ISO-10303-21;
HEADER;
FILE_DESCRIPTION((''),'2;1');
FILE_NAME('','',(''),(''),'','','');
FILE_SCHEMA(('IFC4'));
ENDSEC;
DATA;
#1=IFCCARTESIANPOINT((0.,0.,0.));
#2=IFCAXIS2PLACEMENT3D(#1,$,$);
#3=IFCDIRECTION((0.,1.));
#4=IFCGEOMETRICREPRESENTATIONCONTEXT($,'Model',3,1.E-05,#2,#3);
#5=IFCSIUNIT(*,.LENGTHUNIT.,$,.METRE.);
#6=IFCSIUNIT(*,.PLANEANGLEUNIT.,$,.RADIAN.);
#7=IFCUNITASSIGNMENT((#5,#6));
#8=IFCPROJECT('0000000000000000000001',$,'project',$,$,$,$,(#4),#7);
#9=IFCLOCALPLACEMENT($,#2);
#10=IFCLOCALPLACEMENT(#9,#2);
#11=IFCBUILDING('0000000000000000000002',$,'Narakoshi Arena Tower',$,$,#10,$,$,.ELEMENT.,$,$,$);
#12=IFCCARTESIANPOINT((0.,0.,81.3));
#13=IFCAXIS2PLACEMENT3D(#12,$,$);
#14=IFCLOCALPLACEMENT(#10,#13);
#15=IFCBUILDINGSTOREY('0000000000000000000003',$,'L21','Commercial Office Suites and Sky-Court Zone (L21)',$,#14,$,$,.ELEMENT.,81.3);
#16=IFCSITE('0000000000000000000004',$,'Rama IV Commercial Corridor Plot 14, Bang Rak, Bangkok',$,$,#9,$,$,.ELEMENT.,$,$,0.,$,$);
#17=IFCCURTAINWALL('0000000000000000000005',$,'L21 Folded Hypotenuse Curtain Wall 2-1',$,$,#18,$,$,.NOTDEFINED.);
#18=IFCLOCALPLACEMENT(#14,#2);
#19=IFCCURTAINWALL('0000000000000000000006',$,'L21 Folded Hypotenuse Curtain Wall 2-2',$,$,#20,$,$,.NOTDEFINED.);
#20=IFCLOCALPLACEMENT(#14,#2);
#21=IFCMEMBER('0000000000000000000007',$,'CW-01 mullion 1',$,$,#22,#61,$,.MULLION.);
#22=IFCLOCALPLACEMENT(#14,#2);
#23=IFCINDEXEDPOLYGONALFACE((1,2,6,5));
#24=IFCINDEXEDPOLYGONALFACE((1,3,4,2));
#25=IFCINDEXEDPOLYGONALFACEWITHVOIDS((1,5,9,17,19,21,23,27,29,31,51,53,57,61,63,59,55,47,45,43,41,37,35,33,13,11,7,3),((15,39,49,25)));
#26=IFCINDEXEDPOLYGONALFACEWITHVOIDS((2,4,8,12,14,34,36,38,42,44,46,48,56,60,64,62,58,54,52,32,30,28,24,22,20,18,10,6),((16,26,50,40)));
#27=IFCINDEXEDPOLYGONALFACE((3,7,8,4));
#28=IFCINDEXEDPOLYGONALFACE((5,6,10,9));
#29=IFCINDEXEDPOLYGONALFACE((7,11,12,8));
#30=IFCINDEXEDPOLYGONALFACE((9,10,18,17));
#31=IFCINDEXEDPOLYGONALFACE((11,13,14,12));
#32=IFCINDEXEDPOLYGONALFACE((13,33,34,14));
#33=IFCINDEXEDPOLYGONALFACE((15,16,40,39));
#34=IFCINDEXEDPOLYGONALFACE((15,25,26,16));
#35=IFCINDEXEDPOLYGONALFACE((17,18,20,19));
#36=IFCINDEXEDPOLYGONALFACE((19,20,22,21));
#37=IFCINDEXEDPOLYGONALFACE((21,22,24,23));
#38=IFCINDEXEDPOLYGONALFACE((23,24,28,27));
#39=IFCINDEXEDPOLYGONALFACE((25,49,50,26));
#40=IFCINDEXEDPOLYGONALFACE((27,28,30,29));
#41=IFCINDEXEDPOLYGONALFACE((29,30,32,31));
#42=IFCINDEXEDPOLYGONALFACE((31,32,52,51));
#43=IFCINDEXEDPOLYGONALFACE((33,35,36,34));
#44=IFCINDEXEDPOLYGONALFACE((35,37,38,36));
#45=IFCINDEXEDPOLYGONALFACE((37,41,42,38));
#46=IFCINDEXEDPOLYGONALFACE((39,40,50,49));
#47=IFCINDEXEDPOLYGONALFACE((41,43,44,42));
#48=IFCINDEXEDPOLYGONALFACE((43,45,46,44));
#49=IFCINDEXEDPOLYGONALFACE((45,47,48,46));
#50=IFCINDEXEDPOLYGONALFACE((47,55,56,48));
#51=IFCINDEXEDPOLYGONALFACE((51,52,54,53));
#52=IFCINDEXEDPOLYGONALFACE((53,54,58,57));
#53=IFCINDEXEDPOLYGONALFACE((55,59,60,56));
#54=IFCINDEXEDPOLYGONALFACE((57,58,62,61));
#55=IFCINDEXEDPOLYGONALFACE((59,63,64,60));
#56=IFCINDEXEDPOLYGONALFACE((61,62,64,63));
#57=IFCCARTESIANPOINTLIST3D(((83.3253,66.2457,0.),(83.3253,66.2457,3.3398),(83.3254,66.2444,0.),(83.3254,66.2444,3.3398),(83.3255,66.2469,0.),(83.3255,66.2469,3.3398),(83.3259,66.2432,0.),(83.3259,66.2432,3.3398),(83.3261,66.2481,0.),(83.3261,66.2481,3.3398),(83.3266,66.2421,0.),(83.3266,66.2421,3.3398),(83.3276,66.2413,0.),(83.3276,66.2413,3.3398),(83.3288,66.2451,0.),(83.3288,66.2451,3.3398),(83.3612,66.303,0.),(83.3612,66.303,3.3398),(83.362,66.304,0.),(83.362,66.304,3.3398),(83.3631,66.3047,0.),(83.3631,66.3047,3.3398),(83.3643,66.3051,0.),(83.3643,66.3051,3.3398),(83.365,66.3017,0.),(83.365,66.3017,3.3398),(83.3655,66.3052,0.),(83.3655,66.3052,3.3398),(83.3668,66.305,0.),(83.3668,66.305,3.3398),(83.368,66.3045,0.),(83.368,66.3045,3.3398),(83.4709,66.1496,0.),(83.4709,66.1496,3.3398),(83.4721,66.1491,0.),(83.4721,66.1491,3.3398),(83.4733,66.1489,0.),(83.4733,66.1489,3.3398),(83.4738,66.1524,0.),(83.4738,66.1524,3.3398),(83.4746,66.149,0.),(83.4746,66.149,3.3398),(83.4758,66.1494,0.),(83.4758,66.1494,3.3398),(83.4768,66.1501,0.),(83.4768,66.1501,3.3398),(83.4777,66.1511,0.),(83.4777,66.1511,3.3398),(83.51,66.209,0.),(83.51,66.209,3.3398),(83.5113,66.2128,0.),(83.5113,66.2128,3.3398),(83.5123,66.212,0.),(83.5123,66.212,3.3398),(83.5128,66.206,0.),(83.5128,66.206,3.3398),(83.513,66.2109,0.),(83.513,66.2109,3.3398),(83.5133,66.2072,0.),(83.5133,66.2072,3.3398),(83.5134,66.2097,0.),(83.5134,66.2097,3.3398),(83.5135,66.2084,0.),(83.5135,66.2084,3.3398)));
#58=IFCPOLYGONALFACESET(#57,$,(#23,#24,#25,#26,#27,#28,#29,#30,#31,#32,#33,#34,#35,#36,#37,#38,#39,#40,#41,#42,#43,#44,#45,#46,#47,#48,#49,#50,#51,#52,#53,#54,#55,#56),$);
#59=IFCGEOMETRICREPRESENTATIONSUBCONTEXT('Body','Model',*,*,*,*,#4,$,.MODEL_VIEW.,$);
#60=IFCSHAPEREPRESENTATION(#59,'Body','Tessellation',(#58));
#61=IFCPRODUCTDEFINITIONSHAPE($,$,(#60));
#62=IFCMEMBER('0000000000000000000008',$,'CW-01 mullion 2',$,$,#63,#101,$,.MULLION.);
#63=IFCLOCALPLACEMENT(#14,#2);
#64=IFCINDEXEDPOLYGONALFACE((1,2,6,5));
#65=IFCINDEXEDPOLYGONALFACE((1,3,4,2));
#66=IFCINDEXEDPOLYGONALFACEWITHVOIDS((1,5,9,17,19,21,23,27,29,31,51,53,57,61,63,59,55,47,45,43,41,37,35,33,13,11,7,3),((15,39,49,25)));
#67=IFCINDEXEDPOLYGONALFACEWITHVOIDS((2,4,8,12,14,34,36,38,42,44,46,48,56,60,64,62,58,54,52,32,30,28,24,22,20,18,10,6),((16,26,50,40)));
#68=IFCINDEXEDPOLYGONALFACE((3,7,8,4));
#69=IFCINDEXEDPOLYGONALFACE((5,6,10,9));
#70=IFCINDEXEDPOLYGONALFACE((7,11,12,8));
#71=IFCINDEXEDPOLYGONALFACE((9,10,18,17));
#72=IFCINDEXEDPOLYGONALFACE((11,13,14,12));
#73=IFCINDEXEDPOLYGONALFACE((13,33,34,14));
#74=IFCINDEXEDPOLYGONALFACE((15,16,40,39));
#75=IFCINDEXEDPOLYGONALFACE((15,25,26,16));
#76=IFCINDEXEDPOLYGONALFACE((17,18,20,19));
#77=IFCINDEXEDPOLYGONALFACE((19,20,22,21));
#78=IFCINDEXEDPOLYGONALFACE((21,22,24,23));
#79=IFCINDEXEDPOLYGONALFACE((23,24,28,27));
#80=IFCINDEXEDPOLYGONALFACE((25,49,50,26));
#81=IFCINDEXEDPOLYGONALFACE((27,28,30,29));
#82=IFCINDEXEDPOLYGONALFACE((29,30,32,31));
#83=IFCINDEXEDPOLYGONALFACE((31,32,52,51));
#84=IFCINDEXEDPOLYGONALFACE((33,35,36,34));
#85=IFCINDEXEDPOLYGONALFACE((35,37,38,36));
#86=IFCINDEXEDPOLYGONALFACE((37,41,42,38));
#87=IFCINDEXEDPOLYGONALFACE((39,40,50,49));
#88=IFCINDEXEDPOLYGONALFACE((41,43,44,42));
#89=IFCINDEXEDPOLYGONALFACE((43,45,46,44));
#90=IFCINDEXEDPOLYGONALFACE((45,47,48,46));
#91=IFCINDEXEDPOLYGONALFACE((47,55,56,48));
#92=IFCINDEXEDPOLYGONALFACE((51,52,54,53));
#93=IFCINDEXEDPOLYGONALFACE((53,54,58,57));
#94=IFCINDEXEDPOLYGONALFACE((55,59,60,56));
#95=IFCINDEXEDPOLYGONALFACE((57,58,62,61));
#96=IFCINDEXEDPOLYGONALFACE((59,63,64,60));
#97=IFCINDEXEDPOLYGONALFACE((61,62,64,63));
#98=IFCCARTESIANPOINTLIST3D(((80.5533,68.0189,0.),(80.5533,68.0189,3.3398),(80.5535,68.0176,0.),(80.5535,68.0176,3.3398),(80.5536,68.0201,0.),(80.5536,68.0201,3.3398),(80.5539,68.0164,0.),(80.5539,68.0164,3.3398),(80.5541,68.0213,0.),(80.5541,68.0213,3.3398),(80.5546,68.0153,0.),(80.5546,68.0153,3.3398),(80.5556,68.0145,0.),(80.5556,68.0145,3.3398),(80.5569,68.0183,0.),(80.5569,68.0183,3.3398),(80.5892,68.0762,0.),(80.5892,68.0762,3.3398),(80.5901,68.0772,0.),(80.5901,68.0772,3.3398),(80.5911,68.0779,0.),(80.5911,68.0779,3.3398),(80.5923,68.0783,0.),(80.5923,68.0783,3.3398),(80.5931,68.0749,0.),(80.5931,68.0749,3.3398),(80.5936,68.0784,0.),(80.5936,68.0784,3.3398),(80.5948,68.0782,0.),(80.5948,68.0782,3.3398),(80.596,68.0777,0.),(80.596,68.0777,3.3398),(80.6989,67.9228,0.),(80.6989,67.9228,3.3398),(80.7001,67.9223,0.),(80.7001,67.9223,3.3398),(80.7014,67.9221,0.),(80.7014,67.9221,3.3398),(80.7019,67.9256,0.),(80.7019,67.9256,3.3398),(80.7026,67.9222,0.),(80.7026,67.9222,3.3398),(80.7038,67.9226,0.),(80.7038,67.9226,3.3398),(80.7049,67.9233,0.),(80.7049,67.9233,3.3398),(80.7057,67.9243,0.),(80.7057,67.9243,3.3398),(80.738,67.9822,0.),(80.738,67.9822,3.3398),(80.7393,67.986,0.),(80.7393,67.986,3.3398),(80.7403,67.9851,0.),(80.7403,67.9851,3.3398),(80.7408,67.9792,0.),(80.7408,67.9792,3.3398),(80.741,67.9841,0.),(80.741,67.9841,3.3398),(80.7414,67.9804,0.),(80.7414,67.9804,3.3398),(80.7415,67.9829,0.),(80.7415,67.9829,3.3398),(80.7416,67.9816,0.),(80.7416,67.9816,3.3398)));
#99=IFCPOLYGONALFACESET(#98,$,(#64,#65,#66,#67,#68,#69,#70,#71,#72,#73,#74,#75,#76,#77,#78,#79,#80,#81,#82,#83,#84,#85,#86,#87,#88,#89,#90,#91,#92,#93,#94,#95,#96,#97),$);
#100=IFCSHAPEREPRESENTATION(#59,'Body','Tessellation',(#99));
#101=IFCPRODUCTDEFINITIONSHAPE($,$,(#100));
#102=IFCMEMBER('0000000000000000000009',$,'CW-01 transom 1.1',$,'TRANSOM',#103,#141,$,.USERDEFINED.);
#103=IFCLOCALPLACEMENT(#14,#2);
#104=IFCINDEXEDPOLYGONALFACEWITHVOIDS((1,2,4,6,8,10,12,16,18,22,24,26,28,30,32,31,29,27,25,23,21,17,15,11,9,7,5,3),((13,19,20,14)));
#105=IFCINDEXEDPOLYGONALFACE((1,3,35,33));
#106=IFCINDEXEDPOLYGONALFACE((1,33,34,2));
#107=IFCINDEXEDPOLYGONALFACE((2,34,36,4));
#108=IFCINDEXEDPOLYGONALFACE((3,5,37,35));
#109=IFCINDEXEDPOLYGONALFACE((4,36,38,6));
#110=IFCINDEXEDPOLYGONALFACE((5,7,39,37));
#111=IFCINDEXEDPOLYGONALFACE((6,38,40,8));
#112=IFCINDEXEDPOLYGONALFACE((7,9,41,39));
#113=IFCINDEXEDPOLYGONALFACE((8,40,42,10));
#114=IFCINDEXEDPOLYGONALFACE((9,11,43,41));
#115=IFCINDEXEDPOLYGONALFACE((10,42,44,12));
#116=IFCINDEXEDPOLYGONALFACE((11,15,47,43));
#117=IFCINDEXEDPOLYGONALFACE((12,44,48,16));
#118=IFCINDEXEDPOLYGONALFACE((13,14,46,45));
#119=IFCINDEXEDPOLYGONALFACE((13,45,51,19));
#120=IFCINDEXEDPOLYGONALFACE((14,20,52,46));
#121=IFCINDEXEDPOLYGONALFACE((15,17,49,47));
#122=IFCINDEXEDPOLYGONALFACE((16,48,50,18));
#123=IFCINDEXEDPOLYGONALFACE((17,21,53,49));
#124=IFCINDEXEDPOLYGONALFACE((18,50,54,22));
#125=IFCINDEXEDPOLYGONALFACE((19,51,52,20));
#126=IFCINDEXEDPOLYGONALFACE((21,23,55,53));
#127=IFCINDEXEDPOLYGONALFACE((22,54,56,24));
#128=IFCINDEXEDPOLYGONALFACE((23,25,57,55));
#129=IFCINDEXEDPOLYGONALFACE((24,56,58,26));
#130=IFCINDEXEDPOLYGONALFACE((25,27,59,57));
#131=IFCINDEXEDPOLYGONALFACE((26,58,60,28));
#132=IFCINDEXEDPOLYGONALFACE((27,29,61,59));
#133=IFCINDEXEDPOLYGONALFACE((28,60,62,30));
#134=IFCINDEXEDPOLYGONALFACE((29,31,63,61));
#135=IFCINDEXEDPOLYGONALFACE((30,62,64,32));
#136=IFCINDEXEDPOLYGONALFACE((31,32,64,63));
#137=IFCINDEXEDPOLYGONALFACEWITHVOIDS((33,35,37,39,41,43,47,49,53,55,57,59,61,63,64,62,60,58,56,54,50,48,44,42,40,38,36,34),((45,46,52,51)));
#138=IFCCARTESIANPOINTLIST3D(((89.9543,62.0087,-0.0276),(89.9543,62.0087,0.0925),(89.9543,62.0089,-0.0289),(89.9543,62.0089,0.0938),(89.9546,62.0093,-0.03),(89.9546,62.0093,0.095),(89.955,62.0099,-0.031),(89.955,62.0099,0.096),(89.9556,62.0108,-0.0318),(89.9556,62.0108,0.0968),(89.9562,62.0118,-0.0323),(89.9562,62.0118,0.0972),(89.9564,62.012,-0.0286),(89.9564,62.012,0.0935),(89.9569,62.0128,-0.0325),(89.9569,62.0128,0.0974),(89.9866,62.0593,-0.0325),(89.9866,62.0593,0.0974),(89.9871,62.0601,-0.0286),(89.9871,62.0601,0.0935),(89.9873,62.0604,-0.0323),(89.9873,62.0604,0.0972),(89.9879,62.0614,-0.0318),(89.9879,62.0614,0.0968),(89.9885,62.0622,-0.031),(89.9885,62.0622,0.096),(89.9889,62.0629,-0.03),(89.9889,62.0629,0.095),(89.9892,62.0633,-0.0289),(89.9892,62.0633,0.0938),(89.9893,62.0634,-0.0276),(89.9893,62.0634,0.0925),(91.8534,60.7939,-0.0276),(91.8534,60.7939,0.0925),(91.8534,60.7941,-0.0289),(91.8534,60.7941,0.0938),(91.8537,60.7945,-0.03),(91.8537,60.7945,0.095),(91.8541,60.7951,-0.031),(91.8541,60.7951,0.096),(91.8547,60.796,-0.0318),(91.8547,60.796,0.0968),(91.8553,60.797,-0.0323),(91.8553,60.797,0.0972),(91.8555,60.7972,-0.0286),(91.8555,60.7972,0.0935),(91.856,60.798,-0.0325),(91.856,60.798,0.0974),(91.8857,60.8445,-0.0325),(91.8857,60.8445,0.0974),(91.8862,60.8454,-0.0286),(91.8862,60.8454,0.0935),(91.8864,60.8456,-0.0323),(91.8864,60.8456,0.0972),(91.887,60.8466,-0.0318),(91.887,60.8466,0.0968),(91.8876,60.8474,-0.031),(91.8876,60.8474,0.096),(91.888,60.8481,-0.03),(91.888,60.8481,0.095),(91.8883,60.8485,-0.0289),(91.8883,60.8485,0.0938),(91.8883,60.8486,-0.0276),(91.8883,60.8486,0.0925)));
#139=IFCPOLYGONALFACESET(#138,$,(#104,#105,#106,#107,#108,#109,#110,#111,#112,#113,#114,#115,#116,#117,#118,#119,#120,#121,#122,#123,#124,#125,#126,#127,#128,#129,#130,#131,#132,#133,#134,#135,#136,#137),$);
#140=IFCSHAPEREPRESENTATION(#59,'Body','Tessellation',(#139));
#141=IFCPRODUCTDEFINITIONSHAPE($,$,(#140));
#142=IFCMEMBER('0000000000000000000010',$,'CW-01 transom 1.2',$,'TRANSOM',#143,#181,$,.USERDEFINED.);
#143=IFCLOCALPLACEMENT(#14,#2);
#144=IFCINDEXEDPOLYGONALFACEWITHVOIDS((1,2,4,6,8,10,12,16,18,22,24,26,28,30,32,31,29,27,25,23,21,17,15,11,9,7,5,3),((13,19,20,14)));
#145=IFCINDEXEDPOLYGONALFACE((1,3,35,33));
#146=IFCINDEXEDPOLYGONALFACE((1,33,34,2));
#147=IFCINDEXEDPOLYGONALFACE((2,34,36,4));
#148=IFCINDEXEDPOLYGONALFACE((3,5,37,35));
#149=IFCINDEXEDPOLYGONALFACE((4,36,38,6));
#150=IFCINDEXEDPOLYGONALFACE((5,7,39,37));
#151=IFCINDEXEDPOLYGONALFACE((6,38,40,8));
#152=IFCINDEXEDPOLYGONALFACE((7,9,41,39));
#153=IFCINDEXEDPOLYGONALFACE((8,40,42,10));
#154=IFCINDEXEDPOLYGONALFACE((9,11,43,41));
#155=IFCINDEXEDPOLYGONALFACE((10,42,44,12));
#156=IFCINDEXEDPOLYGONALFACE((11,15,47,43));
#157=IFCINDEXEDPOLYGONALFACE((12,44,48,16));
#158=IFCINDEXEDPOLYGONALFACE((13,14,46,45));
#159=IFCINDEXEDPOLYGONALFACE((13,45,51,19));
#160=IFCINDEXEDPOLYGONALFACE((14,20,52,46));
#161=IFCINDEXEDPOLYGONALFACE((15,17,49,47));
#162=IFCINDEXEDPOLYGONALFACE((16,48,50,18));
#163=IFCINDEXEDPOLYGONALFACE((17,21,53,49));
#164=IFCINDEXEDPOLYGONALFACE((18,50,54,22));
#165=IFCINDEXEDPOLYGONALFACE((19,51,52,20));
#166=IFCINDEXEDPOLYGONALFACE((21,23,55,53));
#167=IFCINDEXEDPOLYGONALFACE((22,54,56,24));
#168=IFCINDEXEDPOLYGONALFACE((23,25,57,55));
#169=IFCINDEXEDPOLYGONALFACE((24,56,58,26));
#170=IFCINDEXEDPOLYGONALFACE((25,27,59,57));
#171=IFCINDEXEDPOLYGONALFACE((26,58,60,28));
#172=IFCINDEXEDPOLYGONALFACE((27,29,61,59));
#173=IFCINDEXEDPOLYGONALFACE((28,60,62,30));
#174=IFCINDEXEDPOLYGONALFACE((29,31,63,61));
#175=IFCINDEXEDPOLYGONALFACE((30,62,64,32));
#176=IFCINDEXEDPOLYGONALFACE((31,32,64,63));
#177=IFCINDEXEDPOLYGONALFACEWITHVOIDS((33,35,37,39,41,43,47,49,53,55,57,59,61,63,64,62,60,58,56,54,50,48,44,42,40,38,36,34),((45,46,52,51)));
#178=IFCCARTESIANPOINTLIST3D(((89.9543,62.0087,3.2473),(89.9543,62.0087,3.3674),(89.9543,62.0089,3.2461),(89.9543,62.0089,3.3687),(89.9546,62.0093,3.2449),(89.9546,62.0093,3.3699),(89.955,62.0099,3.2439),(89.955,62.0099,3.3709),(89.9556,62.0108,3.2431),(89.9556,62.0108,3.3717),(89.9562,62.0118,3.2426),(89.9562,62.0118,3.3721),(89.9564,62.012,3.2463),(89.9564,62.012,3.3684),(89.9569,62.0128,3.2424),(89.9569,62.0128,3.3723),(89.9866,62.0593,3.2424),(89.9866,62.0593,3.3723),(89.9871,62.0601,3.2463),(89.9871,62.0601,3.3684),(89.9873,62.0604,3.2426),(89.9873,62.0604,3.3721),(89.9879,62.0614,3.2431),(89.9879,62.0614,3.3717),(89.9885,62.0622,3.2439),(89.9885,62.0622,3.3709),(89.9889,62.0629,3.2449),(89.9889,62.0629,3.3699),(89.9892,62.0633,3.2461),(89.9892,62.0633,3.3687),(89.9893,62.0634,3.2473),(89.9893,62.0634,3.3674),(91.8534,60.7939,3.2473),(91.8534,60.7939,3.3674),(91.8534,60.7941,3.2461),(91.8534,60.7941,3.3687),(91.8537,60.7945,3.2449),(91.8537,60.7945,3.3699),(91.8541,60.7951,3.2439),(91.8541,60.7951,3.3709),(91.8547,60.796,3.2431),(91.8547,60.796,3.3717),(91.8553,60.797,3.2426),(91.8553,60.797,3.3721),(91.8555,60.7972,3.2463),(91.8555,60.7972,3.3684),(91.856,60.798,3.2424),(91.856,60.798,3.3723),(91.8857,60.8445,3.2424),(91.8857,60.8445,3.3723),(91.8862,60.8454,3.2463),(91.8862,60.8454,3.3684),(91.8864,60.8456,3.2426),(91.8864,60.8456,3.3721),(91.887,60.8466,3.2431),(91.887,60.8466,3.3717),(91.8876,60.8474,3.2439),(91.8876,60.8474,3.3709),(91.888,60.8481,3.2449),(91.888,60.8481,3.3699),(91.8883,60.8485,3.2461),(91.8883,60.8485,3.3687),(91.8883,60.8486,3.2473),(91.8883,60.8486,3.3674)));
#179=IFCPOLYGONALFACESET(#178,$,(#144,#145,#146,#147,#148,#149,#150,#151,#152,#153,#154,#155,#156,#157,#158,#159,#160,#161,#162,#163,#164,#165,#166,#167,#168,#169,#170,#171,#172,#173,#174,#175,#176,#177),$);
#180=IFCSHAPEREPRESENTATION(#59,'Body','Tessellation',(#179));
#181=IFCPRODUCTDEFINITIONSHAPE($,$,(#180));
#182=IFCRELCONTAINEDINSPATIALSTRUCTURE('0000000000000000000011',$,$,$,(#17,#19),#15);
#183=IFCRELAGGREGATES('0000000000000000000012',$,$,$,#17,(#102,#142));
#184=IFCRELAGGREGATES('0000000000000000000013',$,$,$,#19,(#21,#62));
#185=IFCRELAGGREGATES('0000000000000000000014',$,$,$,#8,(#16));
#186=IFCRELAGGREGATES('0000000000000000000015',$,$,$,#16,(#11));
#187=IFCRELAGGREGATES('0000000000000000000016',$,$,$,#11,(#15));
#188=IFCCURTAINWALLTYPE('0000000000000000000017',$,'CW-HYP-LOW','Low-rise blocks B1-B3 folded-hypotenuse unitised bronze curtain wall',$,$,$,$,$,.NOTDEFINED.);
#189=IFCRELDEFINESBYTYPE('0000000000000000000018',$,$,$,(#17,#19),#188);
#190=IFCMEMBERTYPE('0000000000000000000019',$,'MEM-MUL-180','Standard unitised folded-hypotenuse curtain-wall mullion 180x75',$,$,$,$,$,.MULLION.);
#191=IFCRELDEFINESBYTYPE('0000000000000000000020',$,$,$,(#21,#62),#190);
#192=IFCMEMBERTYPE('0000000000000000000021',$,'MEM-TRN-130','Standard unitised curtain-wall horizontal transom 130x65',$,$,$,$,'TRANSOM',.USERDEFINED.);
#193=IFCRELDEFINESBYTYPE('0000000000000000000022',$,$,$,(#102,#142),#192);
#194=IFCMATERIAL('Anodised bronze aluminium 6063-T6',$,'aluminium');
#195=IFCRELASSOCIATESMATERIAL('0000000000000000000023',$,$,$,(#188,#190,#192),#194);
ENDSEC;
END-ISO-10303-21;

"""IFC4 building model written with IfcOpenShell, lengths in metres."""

from ifc_helpers import new_model, si_unit, direction, frame, origin, origin_2d, place, context, subcontext, project, spatial, hollow_rectangle, extrude, material, material_profile, profile_set, type_object, element, aggregate, save


model = new_model("IFC4")

# Units and contexts
model_context = context("Model", 3, precision=1e-05, world=origin(), true_north=direction((0.0, 1.0)))
body_context = subcontext(model_context, "Body", "Model", "MODEL_VIEW")
ifc_project = project(units=[si_unit("LENGTHUNIT", "METRE"), si_unit("PLANEANGLEUNIT", "RADIAN")], contexts=[model_context])

# Site, building, storey
site_placement = place(None, origin())
site = spatial("IfcSite", under=ifc_project, at=site_placement, Name="Rama IV Commercial Corridor Plot 14, Bang Rak, Bangkok", CompositionType="ELEMENT", RefElevation=0.0)
building_placement = place(site_placement, origin())
building = spatial("IfcBuilding", under=site, at=building_placement, Name="Narakoshi Arena Tower", CompositionType="ELEMENT")
storey_placement = place(building_placement, frame((0.0, 0.0, 81.3)))
storey = spatial("IfcBuildingStorey", under=building, at=storey_placement, Name="L21", Description="Commercial Office Suites and Sky-Court Zone (L21)", CompositionType="ELEMENT", Elevation=81.3)

# Curtain walls, members
ifc_material_1 = material(Name="Anodised bronze aluminium 6063-T6", Category="aluminium")
curtain_wall_type = type_object("IfcCurtainWallType", Name="CW-HYP-LOW", Description="Low-rise blocks B1-B3 folded-hypotenuse unitised bronze curtain wall", PredefinedType="NOTDEFINED", material=ifc_material_1)
curtain_wall_1_placement = place(storey_placement, origin())
curtain_wall_1 = element("IfcCurtainWall", 1, at=curtain_wall_1_placement, inside=storey, type_object=curtain_wall_type, Name="L21 Folded Hypotenuse Curtain Wall 2-1", PredefinedType="NOTDEFINED")
ifc_material_profile_1 = material_profile(ifc_material_1, hollow_rectangle(XDim=0.075, YDim=0.1799, WallThickness=0.0039, OuterFilletRadius=0.0049, at=origin_2d()), Name="MUL180x75x4")
ifc_profile_set_1 = profile_set([ifc_material_profile_1], Name="Anodised bronze aluminium 6063-T6")
member_type_1 = type_object("IfcMemberType", Name="MEM-MUL-180", Description="Standard unitised folded-hypotenuse curtain-wall mullion 180x75", PredefinedType="MULLION", material=ifc_profile_set_1)
curtain_wall_2_placement = place(storey_placement, origin())
curtain_wall_2 = element("IfcCurtainWall", 2, at=curtain_wall_2_placement, inside=storey, type_object=curtain_wall_type, Name="L21 Folded Hypotenuse Curtain Wall 2-2", PredefinedType="NOTDEFINED")
member_1_placement = place(storey_placement, frame((83.4194, 66.2271, 0.0), z_axis=(0.0, 0.0, 1.0), x_axis=(-0.538829, -0.842415, 0.0)))
member_1 = element("IfcMember", 3, at=member_1_placement, type_object=member_type_1, Name="CW-01 mullion 1", PredefinedType="MULLION", context=body_context, shape_type="SweptSolid", body=[
    extrude(hollow_rectangle(XDim=0.075, YDim=0.1799, WallThickness=0.0039, OuterFilletRadius=0.0049, at=origin_2d()), origin(), (0.0, 0.0, 1.0), 3.3398),
])
member_2_placement = place(storey_placement, frame((80.6475, 68.0002, 0.0), z_axis=(0.0, 0.0, 1.0), x_axis=(-0.538829, -0.842415, 0.0)))
member_2 = element("IfcMember", 4, at=member_2_placement, type_object=member_type_1, Name="CW-01 mullion 2", PredefinedType="MULLION", context=body_context, shape_type="SweptSolid", body=[
    extrude(hollow_rectangle(XDim=0.075, YDim=0.1799, WallThickness=0.0039, OuterFilletRadius=0.0049, at=origin_2d()), origin(), (0.0, 0.0, 1.0), 3.3398),
])

# Members
ifc_material_profile_2 = material_profile(ifc_material_1, hollow_rectangle(XDim=0.0649, YDim=0.1299, WallThickness=0.0039, OuterFilletRadius=0.0049, at=origin_2d()), Name="TRN130x65x4")
ifc_profile_set_2 = profile_set([ifc_material_profile_2], Name="Anodised bronze aluminium 6063-T6")
member_type_2 = type_object("IfcMemberType", Name="MEM-TRN-130", Description="Standard unitised curtain-wall horizontal transom 130x65", ElementType="TRANSOM", PredefinedType="USERDEFINED", material=ifc_profile_set_2)
member_3_placement = place(storey_placement, frame((91.8708, 60.8213, 0.0325), z_axis=(-0.842397, 0.538857, 0.0), x_axis=(-0.538857, -0.842397, 0.0)))
member_3 = element("IfcMember", 5, at=member_3_placement, type_object=member_type_2, Name="CW-01 transom 1.1", ObjectType="TRANSOM", PredefinedType="USERDEFINED", context=body_context, shape_type="SweptSolid", body=[
    extrude(hollow_rectangle(XDim=0.0649, YDim=0.1299, WallThickness=0.0039, OuterFilletRadius=0.0049, at=origin_2d()), origin(), (0.0, 0.0, 1.0), 2.2544),
])
member_4_placement = place(storey_placement, frame((91.8708, 60.8213, 3.3074), z_axis=(-0.842397, 0.538857, 0.0), x_axis=(-0.538857, -0.842397, 0.0)))
member_4 = element("IfcMember", 6, at=member_4_placement, type_object=member_type_2, Name="CW-01 transom 1.2", ObjectType="TRANSOM", PredefinedType="USERDEFINED", context=body_context, shape_type="SweptSolid", body=[
    extrude(hollow_rectangle(XDim=0.0649, YDim=0.1299, WallThickness=0.0039, OuterFilletRadius=0.0049, at=origin_2d()), origin(), (0.0, 0.0, 1.0), 2.2544),
])

aggregate(curtain_wall_1, [member_3, member_4])
aggregate(curtain_wall_2, [member_1, member_2])

save(model, "model.ifc")
